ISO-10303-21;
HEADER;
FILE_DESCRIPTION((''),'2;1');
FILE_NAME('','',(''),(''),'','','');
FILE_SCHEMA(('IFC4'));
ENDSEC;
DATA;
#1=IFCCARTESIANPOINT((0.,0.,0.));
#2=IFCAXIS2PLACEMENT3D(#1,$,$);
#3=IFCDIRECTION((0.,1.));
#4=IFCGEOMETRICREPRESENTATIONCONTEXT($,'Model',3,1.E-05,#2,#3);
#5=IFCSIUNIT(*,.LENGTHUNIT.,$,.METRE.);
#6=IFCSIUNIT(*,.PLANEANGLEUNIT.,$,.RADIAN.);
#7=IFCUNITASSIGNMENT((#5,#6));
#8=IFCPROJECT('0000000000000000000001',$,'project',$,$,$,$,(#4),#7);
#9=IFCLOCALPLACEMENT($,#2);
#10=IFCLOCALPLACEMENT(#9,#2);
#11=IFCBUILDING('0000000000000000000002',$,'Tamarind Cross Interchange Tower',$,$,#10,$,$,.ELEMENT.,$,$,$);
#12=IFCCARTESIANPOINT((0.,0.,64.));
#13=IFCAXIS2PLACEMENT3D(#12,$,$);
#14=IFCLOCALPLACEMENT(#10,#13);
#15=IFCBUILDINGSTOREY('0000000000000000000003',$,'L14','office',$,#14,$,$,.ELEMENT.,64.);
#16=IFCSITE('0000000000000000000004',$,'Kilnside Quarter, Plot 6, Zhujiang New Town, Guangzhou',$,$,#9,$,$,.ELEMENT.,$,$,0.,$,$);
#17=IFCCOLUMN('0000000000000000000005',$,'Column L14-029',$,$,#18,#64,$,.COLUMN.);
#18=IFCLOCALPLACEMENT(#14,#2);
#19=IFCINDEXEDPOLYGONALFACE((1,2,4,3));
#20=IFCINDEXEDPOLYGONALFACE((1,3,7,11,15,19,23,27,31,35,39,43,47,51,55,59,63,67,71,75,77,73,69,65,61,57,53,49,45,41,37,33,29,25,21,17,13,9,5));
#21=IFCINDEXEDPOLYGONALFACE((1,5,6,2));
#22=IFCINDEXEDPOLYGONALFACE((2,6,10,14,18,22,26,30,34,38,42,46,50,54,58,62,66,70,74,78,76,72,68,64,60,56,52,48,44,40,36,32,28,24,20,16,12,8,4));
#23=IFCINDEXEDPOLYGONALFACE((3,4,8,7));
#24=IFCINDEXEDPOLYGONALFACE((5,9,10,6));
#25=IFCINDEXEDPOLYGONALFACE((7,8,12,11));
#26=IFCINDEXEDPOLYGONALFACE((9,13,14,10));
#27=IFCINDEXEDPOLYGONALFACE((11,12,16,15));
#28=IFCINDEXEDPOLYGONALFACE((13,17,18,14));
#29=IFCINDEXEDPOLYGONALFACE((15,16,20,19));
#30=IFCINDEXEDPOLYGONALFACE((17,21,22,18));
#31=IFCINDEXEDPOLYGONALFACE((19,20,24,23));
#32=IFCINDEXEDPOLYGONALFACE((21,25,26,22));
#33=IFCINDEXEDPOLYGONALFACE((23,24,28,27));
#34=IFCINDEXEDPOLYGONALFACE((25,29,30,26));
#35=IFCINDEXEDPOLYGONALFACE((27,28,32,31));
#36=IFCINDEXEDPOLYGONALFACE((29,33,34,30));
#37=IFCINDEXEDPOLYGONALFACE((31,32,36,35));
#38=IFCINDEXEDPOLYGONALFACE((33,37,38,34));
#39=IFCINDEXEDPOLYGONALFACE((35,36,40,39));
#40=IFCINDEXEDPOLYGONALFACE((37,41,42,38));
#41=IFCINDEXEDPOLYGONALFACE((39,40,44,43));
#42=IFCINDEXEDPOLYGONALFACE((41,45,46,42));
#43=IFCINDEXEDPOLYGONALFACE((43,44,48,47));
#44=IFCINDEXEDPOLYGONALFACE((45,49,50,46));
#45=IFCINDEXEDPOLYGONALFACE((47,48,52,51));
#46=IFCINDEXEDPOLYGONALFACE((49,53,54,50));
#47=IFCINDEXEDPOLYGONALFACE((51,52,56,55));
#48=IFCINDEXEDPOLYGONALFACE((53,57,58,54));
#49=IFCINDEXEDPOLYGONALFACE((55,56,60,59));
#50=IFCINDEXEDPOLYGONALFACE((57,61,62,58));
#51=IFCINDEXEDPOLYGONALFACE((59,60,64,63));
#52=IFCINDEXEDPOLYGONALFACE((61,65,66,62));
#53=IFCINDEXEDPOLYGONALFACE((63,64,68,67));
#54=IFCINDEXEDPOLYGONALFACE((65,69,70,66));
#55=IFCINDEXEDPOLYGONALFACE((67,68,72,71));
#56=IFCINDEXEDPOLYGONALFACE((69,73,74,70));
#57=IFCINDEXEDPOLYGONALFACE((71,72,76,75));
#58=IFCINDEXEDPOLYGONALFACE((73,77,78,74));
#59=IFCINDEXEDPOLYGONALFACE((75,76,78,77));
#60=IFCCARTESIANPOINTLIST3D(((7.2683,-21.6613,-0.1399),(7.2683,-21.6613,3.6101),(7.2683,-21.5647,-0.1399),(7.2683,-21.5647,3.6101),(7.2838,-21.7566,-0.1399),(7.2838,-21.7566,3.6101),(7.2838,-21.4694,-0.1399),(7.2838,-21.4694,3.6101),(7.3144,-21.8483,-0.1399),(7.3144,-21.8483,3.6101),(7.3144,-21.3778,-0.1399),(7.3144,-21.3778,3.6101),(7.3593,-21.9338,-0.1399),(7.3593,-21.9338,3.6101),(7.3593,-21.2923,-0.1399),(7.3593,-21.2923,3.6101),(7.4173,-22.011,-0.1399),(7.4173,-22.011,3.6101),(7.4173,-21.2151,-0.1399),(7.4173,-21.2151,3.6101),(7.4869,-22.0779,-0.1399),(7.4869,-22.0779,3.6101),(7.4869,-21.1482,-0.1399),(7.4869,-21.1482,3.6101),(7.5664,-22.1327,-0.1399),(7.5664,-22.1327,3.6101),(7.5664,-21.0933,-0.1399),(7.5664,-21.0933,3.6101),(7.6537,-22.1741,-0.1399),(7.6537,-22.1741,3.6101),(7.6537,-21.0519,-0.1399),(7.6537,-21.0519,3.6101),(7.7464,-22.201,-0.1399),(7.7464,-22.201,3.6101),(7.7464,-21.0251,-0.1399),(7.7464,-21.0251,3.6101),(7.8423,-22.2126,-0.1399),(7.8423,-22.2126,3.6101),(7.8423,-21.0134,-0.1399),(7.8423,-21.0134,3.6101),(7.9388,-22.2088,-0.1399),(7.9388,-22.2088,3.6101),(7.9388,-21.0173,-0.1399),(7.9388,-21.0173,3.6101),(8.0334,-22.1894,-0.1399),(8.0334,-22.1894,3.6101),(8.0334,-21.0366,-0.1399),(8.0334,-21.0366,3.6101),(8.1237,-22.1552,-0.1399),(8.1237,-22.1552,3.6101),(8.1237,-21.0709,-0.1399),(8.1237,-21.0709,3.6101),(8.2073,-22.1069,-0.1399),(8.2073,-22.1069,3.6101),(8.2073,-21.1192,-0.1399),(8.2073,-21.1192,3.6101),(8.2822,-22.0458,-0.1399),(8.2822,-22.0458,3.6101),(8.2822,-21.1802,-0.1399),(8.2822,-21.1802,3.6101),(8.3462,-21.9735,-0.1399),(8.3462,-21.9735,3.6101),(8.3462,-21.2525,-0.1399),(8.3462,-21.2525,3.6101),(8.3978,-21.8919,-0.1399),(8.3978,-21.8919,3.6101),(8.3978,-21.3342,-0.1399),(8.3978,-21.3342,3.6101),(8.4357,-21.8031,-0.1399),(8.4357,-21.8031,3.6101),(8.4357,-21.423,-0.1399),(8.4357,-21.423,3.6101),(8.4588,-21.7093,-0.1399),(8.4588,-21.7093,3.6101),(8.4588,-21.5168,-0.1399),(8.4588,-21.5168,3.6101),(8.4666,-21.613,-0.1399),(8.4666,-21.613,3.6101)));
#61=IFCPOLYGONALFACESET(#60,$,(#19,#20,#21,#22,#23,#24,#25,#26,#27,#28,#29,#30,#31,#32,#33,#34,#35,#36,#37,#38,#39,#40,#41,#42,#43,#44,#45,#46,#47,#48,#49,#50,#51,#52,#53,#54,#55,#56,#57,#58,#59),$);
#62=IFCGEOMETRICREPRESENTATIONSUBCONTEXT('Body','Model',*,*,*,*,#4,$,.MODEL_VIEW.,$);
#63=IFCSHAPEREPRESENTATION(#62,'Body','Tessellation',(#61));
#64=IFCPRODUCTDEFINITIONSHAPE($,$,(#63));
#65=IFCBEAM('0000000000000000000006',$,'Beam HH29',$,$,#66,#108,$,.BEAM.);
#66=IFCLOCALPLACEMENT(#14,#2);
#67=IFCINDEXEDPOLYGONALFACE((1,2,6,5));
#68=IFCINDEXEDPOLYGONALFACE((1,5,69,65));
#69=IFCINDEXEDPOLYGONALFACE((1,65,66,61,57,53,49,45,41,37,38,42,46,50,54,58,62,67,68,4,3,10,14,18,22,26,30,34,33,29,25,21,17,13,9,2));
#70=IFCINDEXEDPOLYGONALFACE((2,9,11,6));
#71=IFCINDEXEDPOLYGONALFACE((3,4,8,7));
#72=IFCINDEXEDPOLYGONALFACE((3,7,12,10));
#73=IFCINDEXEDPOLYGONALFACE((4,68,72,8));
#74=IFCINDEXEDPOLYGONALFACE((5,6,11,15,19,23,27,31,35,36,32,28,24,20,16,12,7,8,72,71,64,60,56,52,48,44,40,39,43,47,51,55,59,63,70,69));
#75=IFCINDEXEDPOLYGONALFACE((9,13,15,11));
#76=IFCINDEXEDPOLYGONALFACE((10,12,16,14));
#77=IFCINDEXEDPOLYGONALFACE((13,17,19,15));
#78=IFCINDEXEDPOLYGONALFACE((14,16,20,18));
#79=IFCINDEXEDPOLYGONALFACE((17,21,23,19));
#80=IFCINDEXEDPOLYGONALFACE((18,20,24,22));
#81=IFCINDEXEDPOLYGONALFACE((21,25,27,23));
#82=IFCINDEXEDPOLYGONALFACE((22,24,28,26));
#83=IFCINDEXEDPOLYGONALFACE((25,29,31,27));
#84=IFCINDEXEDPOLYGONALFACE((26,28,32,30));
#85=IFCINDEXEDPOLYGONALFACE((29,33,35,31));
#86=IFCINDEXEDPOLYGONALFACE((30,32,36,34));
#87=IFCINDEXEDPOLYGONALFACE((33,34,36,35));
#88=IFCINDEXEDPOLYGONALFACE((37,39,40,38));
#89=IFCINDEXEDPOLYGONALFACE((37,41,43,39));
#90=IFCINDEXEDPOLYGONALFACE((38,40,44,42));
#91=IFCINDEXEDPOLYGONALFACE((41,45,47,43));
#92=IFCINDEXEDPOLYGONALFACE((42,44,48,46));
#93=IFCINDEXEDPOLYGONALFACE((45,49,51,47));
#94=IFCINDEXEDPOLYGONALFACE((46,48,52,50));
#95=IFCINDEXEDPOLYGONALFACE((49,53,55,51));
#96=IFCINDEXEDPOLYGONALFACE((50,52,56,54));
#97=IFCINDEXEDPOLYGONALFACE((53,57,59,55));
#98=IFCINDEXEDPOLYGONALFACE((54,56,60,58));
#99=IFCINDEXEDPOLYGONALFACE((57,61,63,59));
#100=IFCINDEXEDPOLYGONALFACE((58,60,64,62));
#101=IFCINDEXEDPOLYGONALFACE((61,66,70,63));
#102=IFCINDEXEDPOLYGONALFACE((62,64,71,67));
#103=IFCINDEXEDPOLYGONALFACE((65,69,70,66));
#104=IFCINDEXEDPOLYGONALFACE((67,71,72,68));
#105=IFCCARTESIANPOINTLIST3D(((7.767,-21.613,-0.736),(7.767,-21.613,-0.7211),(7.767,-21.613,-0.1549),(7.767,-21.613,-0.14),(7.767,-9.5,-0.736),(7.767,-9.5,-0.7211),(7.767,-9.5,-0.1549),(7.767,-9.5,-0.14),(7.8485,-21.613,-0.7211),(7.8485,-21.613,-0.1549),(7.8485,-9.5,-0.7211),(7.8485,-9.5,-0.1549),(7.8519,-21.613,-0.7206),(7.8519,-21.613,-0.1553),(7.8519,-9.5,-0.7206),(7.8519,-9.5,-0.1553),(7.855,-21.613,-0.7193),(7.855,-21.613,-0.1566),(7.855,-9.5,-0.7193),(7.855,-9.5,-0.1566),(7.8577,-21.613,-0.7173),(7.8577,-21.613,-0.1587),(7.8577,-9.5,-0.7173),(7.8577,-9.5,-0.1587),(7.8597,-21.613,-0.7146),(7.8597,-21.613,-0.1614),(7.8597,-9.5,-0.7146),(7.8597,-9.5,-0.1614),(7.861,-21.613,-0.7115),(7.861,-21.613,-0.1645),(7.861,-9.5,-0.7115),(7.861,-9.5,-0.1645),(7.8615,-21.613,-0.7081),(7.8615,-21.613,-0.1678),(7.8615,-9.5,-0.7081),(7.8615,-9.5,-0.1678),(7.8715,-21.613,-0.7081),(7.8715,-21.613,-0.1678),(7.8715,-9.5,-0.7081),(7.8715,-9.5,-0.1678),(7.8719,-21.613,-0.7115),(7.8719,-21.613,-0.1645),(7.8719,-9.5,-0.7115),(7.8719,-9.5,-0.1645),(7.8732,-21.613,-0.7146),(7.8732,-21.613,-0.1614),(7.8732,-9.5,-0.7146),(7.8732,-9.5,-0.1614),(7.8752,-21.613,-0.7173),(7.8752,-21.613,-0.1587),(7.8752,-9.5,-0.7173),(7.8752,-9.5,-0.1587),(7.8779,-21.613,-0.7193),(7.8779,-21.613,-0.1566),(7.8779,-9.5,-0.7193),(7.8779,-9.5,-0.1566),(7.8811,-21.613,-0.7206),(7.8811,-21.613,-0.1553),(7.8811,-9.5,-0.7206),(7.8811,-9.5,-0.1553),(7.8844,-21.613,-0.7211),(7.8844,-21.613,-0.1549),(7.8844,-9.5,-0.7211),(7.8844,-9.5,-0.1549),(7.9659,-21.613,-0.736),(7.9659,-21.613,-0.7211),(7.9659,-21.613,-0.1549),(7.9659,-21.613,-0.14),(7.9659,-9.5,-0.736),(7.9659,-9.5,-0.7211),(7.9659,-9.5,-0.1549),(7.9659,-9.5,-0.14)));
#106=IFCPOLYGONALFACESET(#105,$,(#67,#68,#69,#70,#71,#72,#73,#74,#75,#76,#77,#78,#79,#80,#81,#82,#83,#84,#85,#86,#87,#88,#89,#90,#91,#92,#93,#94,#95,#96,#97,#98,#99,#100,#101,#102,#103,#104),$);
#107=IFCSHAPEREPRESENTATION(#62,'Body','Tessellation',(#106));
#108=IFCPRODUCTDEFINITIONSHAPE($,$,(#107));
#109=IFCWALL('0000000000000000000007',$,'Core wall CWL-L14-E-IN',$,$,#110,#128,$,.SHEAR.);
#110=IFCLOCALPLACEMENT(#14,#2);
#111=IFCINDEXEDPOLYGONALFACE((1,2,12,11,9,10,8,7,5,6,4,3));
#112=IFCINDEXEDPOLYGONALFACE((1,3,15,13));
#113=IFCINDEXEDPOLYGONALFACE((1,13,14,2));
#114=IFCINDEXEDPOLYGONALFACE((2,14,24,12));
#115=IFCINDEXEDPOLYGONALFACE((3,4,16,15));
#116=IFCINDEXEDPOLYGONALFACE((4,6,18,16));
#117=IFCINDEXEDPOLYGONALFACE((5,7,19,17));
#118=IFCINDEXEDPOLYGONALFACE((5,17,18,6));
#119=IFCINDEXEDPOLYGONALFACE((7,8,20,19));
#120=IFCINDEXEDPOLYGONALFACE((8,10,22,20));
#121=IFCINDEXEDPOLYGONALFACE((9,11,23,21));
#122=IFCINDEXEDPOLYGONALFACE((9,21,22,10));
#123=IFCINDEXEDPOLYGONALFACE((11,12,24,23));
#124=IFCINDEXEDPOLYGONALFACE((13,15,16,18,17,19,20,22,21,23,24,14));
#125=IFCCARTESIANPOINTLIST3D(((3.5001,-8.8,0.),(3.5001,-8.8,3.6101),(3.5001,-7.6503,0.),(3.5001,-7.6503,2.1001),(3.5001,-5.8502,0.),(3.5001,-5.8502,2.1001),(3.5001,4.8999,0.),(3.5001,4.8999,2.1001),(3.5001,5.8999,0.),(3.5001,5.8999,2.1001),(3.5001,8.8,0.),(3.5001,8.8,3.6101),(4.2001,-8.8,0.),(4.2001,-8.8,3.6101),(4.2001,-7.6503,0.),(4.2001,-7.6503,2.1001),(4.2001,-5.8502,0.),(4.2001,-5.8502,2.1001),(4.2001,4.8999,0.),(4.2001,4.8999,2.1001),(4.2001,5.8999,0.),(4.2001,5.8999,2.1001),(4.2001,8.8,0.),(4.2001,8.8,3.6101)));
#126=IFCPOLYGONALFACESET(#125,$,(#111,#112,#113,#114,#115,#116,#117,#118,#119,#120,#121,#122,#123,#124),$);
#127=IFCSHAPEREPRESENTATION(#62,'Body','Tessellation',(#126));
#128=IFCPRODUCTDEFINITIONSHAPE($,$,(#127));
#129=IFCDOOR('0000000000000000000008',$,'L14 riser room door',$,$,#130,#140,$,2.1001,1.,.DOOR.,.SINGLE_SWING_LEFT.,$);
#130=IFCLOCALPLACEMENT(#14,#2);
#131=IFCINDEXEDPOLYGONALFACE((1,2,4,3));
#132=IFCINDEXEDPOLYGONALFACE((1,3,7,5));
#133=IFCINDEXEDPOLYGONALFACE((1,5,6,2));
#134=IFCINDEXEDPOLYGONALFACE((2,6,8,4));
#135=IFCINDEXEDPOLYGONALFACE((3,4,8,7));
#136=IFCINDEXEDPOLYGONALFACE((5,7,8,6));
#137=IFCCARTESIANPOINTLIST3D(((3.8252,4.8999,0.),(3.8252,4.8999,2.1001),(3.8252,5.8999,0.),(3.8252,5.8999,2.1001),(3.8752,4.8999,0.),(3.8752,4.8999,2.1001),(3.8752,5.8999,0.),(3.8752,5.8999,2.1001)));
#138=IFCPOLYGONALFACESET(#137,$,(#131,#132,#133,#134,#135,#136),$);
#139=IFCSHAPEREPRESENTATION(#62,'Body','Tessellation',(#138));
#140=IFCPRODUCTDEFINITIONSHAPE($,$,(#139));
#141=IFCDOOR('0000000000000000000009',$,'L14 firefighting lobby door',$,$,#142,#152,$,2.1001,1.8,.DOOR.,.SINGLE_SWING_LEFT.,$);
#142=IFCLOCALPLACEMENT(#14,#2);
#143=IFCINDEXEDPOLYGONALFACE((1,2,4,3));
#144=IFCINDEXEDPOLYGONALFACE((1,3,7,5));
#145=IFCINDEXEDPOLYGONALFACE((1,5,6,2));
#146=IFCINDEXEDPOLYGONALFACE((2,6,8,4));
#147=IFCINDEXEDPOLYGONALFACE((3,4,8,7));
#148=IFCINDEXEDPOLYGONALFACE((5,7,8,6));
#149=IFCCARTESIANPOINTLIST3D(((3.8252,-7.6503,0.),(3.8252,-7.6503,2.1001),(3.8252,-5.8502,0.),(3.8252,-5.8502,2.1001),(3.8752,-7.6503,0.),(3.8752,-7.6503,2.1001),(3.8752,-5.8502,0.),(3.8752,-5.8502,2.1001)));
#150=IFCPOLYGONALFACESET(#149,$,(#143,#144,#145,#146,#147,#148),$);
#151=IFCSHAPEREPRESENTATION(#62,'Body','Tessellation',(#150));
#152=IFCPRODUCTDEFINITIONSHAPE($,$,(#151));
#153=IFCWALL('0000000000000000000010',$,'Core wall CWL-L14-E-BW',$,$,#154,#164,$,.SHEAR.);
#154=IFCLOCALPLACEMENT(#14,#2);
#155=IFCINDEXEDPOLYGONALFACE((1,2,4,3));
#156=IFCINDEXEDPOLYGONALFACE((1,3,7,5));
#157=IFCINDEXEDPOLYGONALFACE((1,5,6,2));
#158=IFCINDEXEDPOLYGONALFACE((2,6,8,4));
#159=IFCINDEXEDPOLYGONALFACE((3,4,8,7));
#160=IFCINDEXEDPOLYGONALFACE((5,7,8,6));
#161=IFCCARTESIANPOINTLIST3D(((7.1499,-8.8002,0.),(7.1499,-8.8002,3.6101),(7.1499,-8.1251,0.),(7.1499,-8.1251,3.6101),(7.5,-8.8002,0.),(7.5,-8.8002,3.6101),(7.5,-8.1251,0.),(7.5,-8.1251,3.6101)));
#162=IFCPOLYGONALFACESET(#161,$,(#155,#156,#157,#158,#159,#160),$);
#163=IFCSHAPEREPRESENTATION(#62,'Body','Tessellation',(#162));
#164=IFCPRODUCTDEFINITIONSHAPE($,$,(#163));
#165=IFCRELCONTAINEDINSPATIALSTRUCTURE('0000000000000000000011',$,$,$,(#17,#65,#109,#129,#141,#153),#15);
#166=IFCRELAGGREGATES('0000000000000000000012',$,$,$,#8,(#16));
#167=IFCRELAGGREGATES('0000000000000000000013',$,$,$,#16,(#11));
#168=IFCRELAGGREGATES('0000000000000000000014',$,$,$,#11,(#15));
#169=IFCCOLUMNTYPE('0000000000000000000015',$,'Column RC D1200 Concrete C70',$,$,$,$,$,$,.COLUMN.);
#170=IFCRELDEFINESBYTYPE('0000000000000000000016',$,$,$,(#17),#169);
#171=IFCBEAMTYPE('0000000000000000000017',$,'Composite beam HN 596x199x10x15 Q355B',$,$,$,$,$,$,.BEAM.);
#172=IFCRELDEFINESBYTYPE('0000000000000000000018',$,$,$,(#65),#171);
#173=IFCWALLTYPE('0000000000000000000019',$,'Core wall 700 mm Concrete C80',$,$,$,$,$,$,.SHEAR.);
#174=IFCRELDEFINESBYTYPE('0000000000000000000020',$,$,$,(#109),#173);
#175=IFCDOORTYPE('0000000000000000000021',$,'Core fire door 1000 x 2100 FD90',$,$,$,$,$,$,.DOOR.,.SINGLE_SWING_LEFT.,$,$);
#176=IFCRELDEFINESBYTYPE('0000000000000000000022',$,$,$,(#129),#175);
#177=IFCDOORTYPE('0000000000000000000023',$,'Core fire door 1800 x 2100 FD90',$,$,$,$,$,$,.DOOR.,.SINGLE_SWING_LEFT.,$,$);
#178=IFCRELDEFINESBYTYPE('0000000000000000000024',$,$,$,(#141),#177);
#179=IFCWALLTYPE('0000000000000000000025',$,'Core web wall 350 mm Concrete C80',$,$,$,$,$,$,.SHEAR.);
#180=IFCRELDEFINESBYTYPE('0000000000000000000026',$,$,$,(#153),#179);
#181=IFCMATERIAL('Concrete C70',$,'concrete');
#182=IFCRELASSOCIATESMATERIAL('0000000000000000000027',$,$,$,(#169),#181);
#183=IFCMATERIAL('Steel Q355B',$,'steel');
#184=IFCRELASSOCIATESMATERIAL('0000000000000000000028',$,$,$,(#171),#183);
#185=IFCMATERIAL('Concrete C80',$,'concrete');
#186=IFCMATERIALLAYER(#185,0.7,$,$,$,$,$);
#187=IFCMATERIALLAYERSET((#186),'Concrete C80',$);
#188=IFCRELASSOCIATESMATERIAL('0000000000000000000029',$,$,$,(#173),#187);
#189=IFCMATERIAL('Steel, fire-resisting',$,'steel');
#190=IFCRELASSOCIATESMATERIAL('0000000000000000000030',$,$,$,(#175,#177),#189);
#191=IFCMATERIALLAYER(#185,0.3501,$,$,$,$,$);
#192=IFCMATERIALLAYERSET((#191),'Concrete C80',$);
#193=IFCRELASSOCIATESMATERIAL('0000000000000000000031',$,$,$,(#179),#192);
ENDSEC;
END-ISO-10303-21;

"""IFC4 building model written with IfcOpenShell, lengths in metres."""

from ifc_helpers import new_model, si_unit, direction, frame, frame_2d, origin, origin_2d, place, context, subcontext, project, spatial, rectangle, circle, i_section, extrude, material, layer, layer_set, material_profile, profile_set, type_object, element, fill, save


model = new_model("IFC4")

# Units and contexts
model_context = context("Model", 3, precision=1e-05, world=origin(), true_north=direction((0.0, 1.0)))
body_context = subcontext(model_context, "Body", "Model", "MODEL_VIEW")
ifc_project = project(units=[si_unit("LENGTHUNIT", "METRE"), si_unit("PLANEANGLEUNIT", "RADIAN")], contexts=[model_context])

# Site, building, storey
site_placement = place(None, origin())
site = spatial("IfcSite", under=ifc_project, at=site_placement, Name="Kilnside Quarter, Plot 6, Zhujiang New Town, Guangzhou", CompositionType="ELEMENT", RefElevation=0.0)
building_placement = place(site_placement, origin())
building = spatial("IfcBuilding", under=site, at=building_placement, Name="Tamarind Cross Interchange Tower", CompositionType="ELEMENT")
storey_placement = place(building_placement, frame((0.0, 0.0, 64.0)))
storey = spatial("IfcBuildingStorey", under=building, at=storey_placement, Name="L14", Description="office", CompositionType="ELEMENT", Elevation=64.0)

# Column
ifc_material_1 = material(Name="Concrete C70", Category="concrete")
ifc_material_profile_1 = material_profile(ifc_material_1, circle(Radius=0.6001, at=origin_2d()), Name="RC D1200")
ifc_profile_set_1 = profile_set([ifc_material_profile_1], Name="Concrete C70")
column_type = type_object("IfcColumnType", Name="Column RC D1200 Concrete C70", PredefinedType="COLUMN", material=ifc_profile_set_1)
column_placement = place(storey_placement, frame((7.8665, -21.613, -0.1399), z_axis=(0.0, 0.0, 1.0), x_axis=(1.0, 0.0, 0.0)))
element("IfcColumn", 1, at=column_placement, inside=storey, type_object=column_type, Name="Column L14-029", PredefinedType="COLUMN", context=body_context, shape_type="SweptSolid", body=[
    extrude(circle(Radius=0.6001, at=origin_2d()), origin(), (0.0, 0.0, 1.0), 3.75),
])

# Beam
ifc_material_2 = material(Name="Steel Q355B", Category="steel")
ifc_material_profile_2 = material_profile(ifc_material_2, i_section(OverallWidth=0.199, OverallDepth=0.5959, WebThickness=0.01, FlangeThickness=0.0149, FilletRadius=0.0129, at=origin_2d()), Name="HN 596x199x10x15")
ifc_profile_set_2 = profile_set([ifc_material_profile_2], Name="Steel Q355B")
beam_type = type_object("IfcBeamType", Name="Composite beam HN 596x199x10x15 Q355B", PredefinedType="BEAM", material=ifc_profile_set_2)
beam_placement = place(storey_placement, frame((7.8665, -21.613, -0.438), z_axis=(0.0, 1.0, 0.0), x_axis=(-1.0, 0.0, 0.0)))
element("IfcBeam", 2, at=beam_placement, inside=storey, type_object=beam_type, Name="Beam HH29", PredefinedType="BEAM", context=body_context, shape_type="SweptSolid", body=[
    extrude(i_section(OverallWidth=0.199, OverallDepth=0.5959, WebThickness=0.01, FlangeThickness=0.0149, FilletRadius=0.0129, at=origin_2d()), origin(), (0.0, 0.0, 1.0), 12.113),
])

# Wall, openings, doors
ifc_material_3 = material(Name="Concrete C80", Category="concrete")
ifc_layer_1 = layer(ifc_material_3, 0.7)
ifc_layer_set_1 = layer_set([ifc_layer_1], Name="Concrete C80")
wall_type_1 = type_object("IfcWallType", Name="Core wall 700 mm Concrete C80", PredefinedType="SHEAR", material=ifc_layer_set_1)
wall_1_placement = place(storey_placement, frame((3.8501, -8.8, 0.0), z_axis=(0.0, 0.0, 1.0), x_axis=(0.0, 1.0, 0.0)))
wall_1 = element("IfcWall", 3, at=wall_1_placement, inside=storey, type_object=wall_type_1, Name="Core wall CWL-L14-E-IN", PredefinedType="SHEAR", context=body_context, shape_type="SweptSolid", body=[
    extrude(rectangle(XDim=17.6001, YDim=0.7, at=frame_2d((8.8, 0.0))), origin(), (0.0, 0.0, 1.0), 3.6101),
])
opening_1_placement = place(wall_1_placement, frame((1.1499, 0.0, 0.0)))
opening_1 = element("IfcOpeningElement", 4, at=opening_1_placement, cuts=wall_1, PredefinedType="OPENING", context=body_context, shape_type="SweptSolid", body=[
    extrude(rectangle(XDim=1.8, YDim=2.1001, at=frame_2d((0.8999, 1.05))), frame((0.0, 0.3599, 0.0), z_axis=(0.0, -1.0, 0.0), x_axis=(1.0, 0.0, 0.0)), (0.0, 0.0, 1.0), 0.72),
])
opening_2_placement = place(wall_1_placement, frame((13.7, 0.0, 0.0)))
opening_2 = element("IfcOpeningElement", 5, at=opening_2_placement, cuts=wall_1, PredefinedType="OPENING", context=body_context, shape_type="SweptSolid", body=[
    extrude(rectangle(XDim=1.0, YDim=2.1001, at=frame_2d((0.5, 1.05))), frame((0.0, 0.3599, 0.0), z_axis=(0.0, -1.0, 0.0), x_axis=(1.0, 0.0, 0.0)), (0.0, 0.0, 1.0), 0.72),
])
ifc_material_4 = material(Name="Steel, fire-resisting", Category="steel")
door_type_1 = type_object("IfcDoorType", Name="Core fire door 1000 x 2100 FD90", OperationType="SINGLE_SWING_LEFT", PredefinedType="DOOR", material=ifc_material_4)
door_1_placement = place(opening_2_placement, origin())
door_1 = element("IfcDoor", 6, at=door_1_placement, inside=storey, type_object=door_type_1, Name="L14 riser room door", OperationType="SINGLE_SWING_LEFT", OverallHeight=2.1001, OverallWidth=1.0, PredefinedType="DOOR", context=body_context, shape_type="SweptSolid", body=[
    extrude(rectangle(XDim=1.0, YDim=2.1001, at=frame_2d((0.5, 1.05))), frame((0.0, 0.0249, 0.0), z_axis=(0.0, -1.0, 0.0), x_axis=(1.0, 0.0, 0.0)), (0.0, 0.0, 1.0), 0.05),
])
fill(opening_2, door_1)
door_type_2 = type_object("IfcDoorType", Name="Core fire door 1800 x 2100 FD90", OperationType="SINGLE_SWING_LEFT", PredefinedType="DOOR", material=ifc_material_4)
door_2_placement = place(opening_1_placement, origin())
door_2 = element("IfcDoor", 7, at=door_2_placement, inside=storey, type_object=door_type_2, Name="L14 firefighting lobby door", OperationType="SINGLE_SWING_LEFT", OverallHeight=2.1001, OverallWidth=1.8, PredefinedType="DOOR", context=body_context, shape_type="SweptSolid", body=[
    extrude(rectangle(XDim=1.8, YDim=2.1001, at=frame_2d((0.8999, 1.05))), frame((0.0, 0.0249, 0.0), z_axis=(0.0, -1.0, 0.0), x_axis=(1.0, 0.0, 0.0)), (0.0, 0.0, 1.0), 0.05),
])
fill(opening_1, door_2)

# Wall
ifc_layer_2 = layer(ifc_material_3, 0.3501)
ifc_layer_set_2 = layer_set([ifc_layer_2], Name="Concrete C80")
wall_type_2 = type_object("IfcWallType", Name="Core web wall 350 mm Concrete C80", PredefinedType="SHEAR", material=ifc_layer_set_2)
wall_2_placement = place(storey_placement, frame((7.325, -8.8, 0.0), z_axis=(0.0, 0.0, 1.0), x_axis=(0.0, 1.0, 0.0)))
element("IfcWall", 8, at=wall_2_placement, inside=storey, type_object=wall_type_2, Name="Core wall CWL-L14-E-BW", PredefinedType="SHEAR", context=body_context, shape_type="SweptSolid", body=[
    extrude(rectangle(XDim=0.675, YDim=0.3501, at=frame_2d((0.3374, 0.0))), origin(), (0.0, 0.0, 1.0), 3.6101),
])

save(model, "model.ifc")
